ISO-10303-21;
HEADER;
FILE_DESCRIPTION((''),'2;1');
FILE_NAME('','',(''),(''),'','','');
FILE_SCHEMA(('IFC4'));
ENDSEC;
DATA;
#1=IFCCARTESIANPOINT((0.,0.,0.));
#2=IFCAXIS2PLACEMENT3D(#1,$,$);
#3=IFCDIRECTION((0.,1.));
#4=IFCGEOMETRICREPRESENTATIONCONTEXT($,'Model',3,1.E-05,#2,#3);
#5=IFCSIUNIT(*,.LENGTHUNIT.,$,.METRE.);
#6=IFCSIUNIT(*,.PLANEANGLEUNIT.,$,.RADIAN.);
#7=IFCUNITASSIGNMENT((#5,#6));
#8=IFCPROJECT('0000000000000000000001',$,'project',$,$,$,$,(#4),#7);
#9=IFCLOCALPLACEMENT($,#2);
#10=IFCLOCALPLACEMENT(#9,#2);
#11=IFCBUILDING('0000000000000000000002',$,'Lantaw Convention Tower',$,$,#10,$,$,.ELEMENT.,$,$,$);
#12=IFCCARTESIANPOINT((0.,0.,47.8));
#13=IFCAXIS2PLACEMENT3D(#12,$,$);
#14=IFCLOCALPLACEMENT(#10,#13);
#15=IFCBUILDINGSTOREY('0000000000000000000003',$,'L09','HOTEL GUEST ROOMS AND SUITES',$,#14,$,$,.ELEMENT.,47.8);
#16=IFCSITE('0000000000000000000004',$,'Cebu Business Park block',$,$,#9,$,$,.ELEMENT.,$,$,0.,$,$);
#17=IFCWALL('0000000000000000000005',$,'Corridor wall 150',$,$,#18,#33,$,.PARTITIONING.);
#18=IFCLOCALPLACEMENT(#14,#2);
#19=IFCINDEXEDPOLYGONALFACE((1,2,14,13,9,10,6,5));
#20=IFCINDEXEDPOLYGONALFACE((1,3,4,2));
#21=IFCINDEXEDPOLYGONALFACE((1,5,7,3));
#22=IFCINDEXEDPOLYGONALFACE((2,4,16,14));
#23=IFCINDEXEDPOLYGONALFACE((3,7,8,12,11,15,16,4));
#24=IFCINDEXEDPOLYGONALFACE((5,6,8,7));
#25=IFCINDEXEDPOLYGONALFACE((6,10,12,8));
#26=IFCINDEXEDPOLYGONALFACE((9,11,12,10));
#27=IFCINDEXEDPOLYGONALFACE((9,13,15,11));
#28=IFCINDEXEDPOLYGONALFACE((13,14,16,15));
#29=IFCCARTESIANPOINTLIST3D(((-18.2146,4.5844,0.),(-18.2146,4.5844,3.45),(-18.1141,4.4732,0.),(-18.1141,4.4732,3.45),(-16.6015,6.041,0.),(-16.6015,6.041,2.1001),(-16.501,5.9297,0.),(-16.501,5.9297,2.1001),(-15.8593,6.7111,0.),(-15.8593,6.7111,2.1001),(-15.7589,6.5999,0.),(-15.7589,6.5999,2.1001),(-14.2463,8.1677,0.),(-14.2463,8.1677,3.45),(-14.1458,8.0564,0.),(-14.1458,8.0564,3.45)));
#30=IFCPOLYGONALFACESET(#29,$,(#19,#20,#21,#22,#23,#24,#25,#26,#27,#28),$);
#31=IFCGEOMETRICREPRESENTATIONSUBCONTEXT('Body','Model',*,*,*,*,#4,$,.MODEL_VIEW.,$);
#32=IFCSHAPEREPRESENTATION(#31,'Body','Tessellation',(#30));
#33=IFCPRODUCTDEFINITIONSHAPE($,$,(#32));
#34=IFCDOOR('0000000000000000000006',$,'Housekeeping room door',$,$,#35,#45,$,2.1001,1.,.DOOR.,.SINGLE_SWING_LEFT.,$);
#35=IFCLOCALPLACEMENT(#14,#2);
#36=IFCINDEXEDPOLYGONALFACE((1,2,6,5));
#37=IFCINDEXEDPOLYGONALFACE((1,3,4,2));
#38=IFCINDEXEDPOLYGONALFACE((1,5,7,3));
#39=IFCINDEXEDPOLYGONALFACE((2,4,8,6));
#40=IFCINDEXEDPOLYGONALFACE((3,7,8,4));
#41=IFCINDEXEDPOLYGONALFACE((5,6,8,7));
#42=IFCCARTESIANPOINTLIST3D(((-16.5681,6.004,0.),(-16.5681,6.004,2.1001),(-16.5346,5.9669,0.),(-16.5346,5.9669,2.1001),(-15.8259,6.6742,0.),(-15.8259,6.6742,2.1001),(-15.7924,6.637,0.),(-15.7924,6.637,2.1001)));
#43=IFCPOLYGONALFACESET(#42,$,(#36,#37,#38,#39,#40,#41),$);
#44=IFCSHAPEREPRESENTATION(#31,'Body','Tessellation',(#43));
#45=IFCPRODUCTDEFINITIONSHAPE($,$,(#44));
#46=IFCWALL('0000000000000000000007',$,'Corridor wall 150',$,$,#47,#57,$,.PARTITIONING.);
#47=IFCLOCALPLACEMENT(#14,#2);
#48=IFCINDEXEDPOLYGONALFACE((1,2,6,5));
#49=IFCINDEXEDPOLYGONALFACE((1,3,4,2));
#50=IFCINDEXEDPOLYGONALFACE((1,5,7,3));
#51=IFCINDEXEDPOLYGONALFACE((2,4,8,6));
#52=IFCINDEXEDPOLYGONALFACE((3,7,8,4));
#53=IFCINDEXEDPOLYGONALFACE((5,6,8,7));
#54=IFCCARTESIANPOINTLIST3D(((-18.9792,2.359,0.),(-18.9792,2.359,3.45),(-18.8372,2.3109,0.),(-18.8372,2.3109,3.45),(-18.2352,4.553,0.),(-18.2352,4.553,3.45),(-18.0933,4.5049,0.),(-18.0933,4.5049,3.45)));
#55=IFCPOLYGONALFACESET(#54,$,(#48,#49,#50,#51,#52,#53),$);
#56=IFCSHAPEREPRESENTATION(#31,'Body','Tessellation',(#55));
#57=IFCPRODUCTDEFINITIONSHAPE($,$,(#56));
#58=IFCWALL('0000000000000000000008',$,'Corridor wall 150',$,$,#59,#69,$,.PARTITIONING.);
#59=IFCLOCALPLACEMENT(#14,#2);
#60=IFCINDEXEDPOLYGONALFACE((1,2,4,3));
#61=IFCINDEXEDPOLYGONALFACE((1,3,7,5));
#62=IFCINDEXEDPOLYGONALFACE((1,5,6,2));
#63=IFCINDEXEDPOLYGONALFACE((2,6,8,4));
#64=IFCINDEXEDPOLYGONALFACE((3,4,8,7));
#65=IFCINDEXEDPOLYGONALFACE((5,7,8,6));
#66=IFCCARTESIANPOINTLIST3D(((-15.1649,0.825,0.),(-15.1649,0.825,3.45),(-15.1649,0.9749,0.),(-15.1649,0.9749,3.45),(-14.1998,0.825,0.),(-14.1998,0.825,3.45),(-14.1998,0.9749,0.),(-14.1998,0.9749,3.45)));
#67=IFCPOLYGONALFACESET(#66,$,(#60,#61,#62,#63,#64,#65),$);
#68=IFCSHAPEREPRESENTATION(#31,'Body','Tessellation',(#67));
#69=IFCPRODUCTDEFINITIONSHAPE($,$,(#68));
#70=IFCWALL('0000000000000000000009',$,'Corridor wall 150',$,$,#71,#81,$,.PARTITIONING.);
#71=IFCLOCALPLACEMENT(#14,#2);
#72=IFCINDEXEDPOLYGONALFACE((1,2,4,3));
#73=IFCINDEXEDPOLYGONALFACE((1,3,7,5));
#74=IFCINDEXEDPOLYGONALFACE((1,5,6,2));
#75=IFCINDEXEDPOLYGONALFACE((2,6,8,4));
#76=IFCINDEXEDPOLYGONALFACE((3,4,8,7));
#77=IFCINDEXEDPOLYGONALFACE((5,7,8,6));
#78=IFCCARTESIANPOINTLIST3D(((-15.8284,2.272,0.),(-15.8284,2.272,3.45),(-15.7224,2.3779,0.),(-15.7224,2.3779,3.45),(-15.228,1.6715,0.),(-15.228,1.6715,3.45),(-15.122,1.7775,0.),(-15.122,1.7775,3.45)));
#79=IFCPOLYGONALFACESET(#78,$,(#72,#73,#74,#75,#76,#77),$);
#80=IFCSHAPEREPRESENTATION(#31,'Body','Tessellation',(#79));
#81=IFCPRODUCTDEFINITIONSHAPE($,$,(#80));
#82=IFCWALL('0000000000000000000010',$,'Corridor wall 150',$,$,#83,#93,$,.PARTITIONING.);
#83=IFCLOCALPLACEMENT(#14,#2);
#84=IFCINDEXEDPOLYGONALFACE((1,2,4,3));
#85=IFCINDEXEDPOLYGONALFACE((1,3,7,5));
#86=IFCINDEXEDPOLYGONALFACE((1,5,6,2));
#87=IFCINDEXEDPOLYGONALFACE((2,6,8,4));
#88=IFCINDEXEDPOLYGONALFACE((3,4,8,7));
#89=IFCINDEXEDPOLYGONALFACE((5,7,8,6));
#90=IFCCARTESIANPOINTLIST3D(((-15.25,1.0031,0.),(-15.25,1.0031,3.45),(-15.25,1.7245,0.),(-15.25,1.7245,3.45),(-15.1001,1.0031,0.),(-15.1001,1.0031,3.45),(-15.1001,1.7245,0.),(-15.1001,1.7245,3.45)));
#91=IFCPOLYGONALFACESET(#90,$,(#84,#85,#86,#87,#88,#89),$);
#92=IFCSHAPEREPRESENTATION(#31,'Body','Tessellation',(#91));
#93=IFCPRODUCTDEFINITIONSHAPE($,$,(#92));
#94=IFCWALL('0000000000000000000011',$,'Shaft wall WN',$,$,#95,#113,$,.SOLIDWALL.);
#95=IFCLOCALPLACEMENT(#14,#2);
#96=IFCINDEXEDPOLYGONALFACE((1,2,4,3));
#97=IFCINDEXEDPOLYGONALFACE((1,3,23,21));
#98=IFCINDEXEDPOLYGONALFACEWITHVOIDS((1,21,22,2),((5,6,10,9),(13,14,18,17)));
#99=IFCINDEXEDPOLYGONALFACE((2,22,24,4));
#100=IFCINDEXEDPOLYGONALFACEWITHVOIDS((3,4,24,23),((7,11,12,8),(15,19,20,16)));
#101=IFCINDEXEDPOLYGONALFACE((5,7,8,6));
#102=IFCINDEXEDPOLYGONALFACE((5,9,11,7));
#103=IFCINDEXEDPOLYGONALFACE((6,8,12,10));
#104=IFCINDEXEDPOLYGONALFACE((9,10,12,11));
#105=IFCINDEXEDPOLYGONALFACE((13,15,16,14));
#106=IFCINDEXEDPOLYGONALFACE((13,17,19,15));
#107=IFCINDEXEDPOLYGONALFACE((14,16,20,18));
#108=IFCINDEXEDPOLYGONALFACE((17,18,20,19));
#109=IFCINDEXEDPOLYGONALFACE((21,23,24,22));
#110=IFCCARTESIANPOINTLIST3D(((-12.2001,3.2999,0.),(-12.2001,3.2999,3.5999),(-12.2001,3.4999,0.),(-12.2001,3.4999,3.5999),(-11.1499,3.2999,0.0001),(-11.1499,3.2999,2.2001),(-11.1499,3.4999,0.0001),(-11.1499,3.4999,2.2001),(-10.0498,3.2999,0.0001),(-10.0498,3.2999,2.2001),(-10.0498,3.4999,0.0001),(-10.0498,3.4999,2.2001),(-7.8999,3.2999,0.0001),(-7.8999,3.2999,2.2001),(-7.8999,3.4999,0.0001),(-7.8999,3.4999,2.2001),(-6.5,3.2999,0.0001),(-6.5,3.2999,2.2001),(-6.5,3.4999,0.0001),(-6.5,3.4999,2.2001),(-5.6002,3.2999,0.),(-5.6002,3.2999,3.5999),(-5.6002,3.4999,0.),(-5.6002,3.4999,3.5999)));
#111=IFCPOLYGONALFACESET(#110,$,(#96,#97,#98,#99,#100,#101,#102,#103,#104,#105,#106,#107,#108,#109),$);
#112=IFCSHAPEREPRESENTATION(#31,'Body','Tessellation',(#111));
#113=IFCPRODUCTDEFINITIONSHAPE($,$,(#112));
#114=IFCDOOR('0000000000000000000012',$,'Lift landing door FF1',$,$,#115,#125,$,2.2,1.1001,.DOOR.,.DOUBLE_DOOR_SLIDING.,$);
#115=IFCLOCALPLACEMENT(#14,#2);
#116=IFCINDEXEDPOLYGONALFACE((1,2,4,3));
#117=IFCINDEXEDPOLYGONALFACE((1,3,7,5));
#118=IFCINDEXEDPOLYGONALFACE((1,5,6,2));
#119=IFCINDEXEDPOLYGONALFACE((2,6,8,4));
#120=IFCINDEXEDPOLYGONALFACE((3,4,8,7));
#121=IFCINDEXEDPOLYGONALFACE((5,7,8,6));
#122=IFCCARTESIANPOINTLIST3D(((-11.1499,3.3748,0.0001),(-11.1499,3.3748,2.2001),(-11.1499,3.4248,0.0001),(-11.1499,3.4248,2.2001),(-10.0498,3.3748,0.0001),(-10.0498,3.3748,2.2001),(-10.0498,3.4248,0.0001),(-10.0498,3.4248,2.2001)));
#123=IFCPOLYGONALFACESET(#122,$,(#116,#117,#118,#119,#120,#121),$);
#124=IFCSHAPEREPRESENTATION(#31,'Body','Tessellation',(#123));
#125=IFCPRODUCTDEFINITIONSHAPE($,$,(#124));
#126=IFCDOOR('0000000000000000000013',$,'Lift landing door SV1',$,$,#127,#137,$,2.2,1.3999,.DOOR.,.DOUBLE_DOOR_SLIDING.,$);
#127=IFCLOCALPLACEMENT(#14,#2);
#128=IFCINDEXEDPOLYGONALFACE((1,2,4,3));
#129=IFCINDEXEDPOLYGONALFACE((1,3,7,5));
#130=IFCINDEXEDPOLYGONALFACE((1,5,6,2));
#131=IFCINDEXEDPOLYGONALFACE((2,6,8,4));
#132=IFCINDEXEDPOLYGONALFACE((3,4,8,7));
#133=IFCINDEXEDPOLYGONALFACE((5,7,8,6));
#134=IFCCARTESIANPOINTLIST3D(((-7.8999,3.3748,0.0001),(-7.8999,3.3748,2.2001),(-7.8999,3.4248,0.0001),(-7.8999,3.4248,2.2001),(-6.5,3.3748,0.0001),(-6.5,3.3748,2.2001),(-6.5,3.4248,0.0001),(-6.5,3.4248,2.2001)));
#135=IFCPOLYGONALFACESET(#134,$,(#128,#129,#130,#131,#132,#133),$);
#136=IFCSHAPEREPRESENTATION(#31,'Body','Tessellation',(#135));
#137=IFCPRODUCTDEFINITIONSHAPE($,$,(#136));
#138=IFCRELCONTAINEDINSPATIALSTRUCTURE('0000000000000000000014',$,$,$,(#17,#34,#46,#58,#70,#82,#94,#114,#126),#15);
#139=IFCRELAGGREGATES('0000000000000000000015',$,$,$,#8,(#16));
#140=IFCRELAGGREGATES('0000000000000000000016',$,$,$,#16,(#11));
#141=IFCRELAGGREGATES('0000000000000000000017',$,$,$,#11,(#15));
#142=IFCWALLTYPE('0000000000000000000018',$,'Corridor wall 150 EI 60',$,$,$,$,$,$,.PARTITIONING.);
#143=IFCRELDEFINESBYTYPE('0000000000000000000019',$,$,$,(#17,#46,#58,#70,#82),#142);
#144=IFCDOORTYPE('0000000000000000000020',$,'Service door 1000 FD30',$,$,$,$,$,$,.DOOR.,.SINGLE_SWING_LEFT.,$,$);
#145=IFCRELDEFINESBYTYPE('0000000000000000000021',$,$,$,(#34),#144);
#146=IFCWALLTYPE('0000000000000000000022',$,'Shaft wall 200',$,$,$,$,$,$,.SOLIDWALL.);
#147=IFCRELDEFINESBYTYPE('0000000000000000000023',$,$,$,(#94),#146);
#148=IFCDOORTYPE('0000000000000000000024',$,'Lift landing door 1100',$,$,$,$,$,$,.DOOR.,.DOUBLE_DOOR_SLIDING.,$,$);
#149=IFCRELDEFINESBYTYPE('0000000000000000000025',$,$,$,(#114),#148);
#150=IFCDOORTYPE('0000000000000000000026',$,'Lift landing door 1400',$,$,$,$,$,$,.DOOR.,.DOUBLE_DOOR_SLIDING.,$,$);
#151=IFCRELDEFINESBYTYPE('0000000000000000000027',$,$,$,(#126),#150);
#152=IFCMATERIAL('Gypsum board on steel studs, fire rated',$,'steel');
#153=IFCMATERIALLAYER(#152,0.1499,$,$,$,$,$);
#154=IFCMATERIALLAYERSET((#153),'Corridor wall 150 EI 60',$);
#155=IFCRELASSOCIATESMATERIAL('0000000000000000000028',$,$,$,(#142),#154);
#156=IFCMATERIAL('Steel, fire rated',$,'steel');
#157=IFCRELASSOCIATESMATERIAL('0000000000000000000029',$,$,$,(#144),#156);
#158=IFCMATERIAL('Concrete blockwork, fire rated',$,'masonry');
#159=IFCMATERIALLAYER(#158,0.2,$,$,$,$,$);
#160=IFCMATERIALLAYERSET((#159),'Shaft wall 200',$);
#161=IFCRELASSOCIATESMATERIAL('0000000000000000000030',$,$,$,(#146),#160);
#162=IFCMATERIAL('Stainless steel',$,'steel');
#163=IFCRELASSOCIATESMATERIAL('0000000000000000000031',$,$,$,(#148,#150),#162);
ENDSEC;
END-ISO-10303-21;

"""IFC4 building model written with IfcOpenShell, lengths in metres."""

from ifc_helpers import new_model, si_unit, direction, frame, frame_2d, origin, place, context, subcontext, project, spatial, rectangle, extrude, material, layer, layer_set, type_object, element, fill, save


model = new_model("IFC4")

# Units and contexts
model_context = context("Model", 3, precision=1e-05, world=origin(), true_north=direction((0.0, 1.0)))
body_context = subcontext(model_context, "Body", "Model", "MODEL_VIEW")
ifc_project = project(units=[si_unit("LENGTHUNIT", "METRE"), si_unit("PLANEANGLEUNIT", "RADIAN")], contexts=[model_context])

# Site, building, storey
site_placement = place(None, origin())
site = spatial("IfcSite", under=ifc_project, at=site_placement, Name="Cebu Business Park block", CompositionType="ELEMENT", RefElevation=0.0)
building_placement = place(site_placement, origin())
building = spatial("IfcBuilding", under=site, at=building_placement, Name="Lantaw Convention Tower", CompositionType="ELEMENT")
storey_placement = place(building_placement, frame((0.0, 0.0, 47.8)))
storey = spatial("IfcBuildingStorey", under=building, at=storey_placement, Name="L09", Description="HOTEL GUEST ROOMS AND SUITES", CompositionType="ELEMENT", Elevation=47.8)

# Wall, opening, door
ifc_material_1 = material(Name="Gypsum board on steel studs, fire rated", Category="steel")
ifc_layer_1 = layer(ifc_material_1, 0.1499)
ifc_layer_set_1 = layer_set([ifc_layer_1], Name="Corridor wall 150 EI 60")
wall_type_1 = type_object("IfcWallType", Name="Corridor wall 150 EI 60", PredefinedType="PARTITIONING", material=ifc_layer_set_1)
wall_1_placement = place(storey_placement, frame((-14.196, 8.1121, 0.0), z_axis=(0.0, 0.0, 1.0), x_axis=(-0.742194, -0.670185, 0.0)))
wall_1 = element("IfcWall", 1, at=wall_1_placement, inside=storey, type_object=wall_type_1, Name="Corridor wall 150", PredefinedType="PARTITIONING", context=body_context, shape_type="SweptSolid", body=[
    extrude(rectangle(XDim=5.3467, YDim=0.1499, at=frame_2d((2.6733, 0.0))), origin(), (0.0, 0.0, 1.0), 3.45),
])
opening_1_placement = place(wall_1_placement, frame((2.1733, 0.0, 0.0)))
opening_1 = element("IfcOpeningElement", 2, at=opening_1_placement, cuts=wall_1, PredefinedType="OPENING", context=body_context, shape_type="SweptSolid", body=[
    extrude(rectangle(XDim=1.0, YDim=2.1001, at=frame_2d((0.5, 1.05))), frame((0.0, 0.085, 0.0), z_axis=(0.0, -1.0, 0.0), x_axis=(1.0, 0.0, 0.0)), (0.0, 0.0, 1.0), 0.1699),
])
ifc_material_2 = material(Name="Steel, fire rated", Category="steel")
door_type_1 = type_object("IfcDoorType", Name="Service door 1000 FD30", OperationType="SINGLE_SWING_LEFT", PredefinedType="DOOR", material=ifc_material_2)
door_1_placement = place(opening_1_placement, origin())
door_1 = element("IfcDoor", 3, at=door_1_placement, inside=storey, type_object=door_type_1, Name="Housekeeping room door", OperationType="SINGLE_SWING_LEFT", OverallHeight=2.1001, OverallWidth=1.0, PredefinedType="DOOR", context=body_context, shape_type="SweptSolid", body=[
    extrude(rectangle(XDim=1.0, YDim=2.1001, at=frame_2d((0.5, 1.05))), frame((0.0, 0.0249, 0.0), z_axis=(0.0, -1.0, 0.0), x_axis=(1.0, 0.0, 0.0)), (0.0, 0.0, 1.0), 0.05),
])
fill(opening_1, door_1)

# Walls
wall_2_placement = place(storey_placement, frame((-18.1643, 4.5288, 0.0), z_axis=(0.0, 0.0, 1.0), x_axis=(-0.321124, -0.947037, 0.0)))
element("IfcWall", 4, at=wall_2_placement, inside=storey, type_object=wall_type_1, Name="Corridor wall 150", PredefinedType="PARTITIONING", context=body_context, shape_type="SweptSolid", body=[
    extrude(rectangle(XDim=2.3167, YDim=0.1499, at=frame_2d((1.1582, 0.0))), origin(), (0.0, 0.0, 1.0), 3.45),
])
wall_3_placement = place(storey_placement, frame((-14.2, 0.8999, 0.0), z_axis=(0.0, 0.0, 1.0), x_axis=(-1.0, 0.0, 0.0)))
element("IfcWall", 5, at=wall_3_placement, inside=storey, type_object=wall_type_1, Name="Corridor wall 150", PredefinedType="PARTITIONING", context=body_context, shape_type="SweptSolid", body=[
    extrude(rectangle(XDim=0.9651, YDim=0.1499, at=frame_2d((0.4824, 0.0))), origin(), (0.0, 0.0, 1.0), 3.45),
])
wall_4_placement = place(storey_placement, frame((-15.7754, 2.325, 0.0), z_axis=(0.0, 0.0, 1.0), x_axis=(0.707107, -0.707107, 0.0)))
element("IfcWall", 6, at=wall_4_placement, inside=storey, type_object=wall_type_1, Name="Corridor wall 150", PredefinedType="PARTITIONING", context=body_context, shape_type="SweptSolid", body=[
    extrude(rectangle(XDim=0.8491, YDim=0.1499, at=frame_2d((0.4246, 0.0))), origin(), (0.0, 0.0, 1.0), 3.45),
])
wall_5_placement = place(storey_placement, frame((-15.175, 1.7246, 0.0), z_axis=(0.0, 0.0, 1.0), x_axis=(0.0, -1.0, 0.0)))
element("IfcWall", 7, at=wall_5_placement, inside=storey, type_object=wall_type_1, Name="Corridor wall 150", PredefinedType="PARTITIONING", context=body_context, shape_type="SweptSolid", body=[
    extrude(rectangle(XDim=0.7214, YDim=0.1499, at=frame_2d((0.3608, 0.0))), origin(), (0.0, 0.0, 1.0), 3.45),
])

# Wall, openings, doors
ifc_material_3 = material(Name="Concrete blockwork, fire rated", Category="masonry")
ifc_layer_2 = layer(ifc_material_3, 0.2)
ifc_layer_set_2 = layer_set([ifc_layer_2], Name="Shaft wall 200")
wall_type_2 = type_object("IfcWallType", Name="Shaft wall 200", PredefinedType="SOLIDWALL", material=ifc_layer_set_2)
wall_6_placement = place(storey_placement, frame((-12.2, 3.3999, 0.0), z_axis=(0.0, 0.0, 1.0), x_axis=(1.0, 0.0, 0.0)))
wall_6 = element("IfcWall", 8, at=wall_6_placement, inside=storey, type_object=wall_type_2, Name="Shaft wall WN", PredefinedType="SOLIDWALL", context=body_context, shape_type="SweptSolid", body=[
    extrude(rectangle(XDim=6.5999, YDim=0.2, at=frame_2d((3.2998, 0.0))), origin(), (0.0, 0.0, 1.0), 3.5999),
])
opening_2_placement = place(wall_6_placement, frame((1.05, 0.0, 0.0)))
opening_2 = element("IfcOpeningElement", 9, at=opening_2_placement, cuts=wall_6, PredefinedType="OPENING", context=body_context, shape_type="SweptSolid", body=[
    extrude(rectangle(XDim=1.1001, YDim=2.2, at=frame_2d((0.55, 1.1001))), frame((0.0, 0.1099, 0.0), z_axis=(0.0, -1.0, 0.0), x_axis=(1.0, 0.0, 0.0)), (0.0, 0.0, 1.0), 0.22),
])
opening_3_placement = place(wall_6_placement, frame((4.3, 0.0, 0.0)))
opening_3 = element("IfcOpeningElement", 10, at=opening_3_placement, cuts=wall_6, PredefinedType="OPENING", context=body_context, shape_type="SweptSolid", body=[
    extrude(rectangle(XDim=1.3999, YDim=2.2, at=frame_2d((0.7, 1.1001))), frame((0.0, 0.1099, 0.0), z_axis=(0.0, -1.0, 0.0), x_axis=(1.0, 0.0, 0.0)), (0.0, 0.0, 1.0), 0.22),
])
ifc_material_4 = material(Name="Stainless steel", Category="steel")
door_type_2 = type_object("IfcDoorType", Name="Lift landing door 1100", OperationType="DOUBLE_DOOR_SLIDING", PredefinedType="DOOR", material=ifc_material_4)
door_2_placement = place(opening_2_placement, origin())
door_2 = element("IfcDoor", 11, at=door_2_placement, inside=storey, type_object=door_type_2, Name="Lift landing door FF1", OperationType="DOUBLE_DOOR_SLIDING", OverallHeight=2.2, OverallWidth=1.1001, PredefinedType="DOOR", context=body_context, shape_type="SweptSolid", body=[
    extrude(rectangle(XDim=1.1001, YDim=2.2, at=frame_2d((0.55, 1.1001))), frame((0.0, 0.0249, 0.0), z_axis=(0.0, -1.0, 0.0), x_axis=(1.0, 0.0, 0.0)), (0.0, 0.0, 1.0), 0.05),
])
fill(opening_2, door_2)
door_type_3 = type_object("IfcDoorType", Name="Lift landing door 1400", OperationType="DOUBLE_DOOR_SLIDING", PredefinedType="DOOR", material=ifc_material_4)
door_3_placement = place(opening_3_placement, origin())
door_3 = element("IfcDoor", 12, at=door_3_placement, inside=storey, type_object=door_type_3, Name="Lift landing door SV1", OperationType="DOUBLE_DOOR_SLIDING", OverallHeight=2.2, OverallWidth=1.3999, PredefinedType="DOOR", context=body_context, shape_type="SweptSolid", body=[
    extrude(rectangle(XDim=1.3999, YDim=2.2, at=frame_2d((0.7, 1.1001))), frame((0.0, 0.0249, 0.0), z_axis=(0.0, -1.0, 0.0), x_axis=(1.0, 0.0, 0.0)), (0.0, 0.0, 1.0), 0.05),
])
fill(opening_3, door_3)

save(model, "model.ifc")
